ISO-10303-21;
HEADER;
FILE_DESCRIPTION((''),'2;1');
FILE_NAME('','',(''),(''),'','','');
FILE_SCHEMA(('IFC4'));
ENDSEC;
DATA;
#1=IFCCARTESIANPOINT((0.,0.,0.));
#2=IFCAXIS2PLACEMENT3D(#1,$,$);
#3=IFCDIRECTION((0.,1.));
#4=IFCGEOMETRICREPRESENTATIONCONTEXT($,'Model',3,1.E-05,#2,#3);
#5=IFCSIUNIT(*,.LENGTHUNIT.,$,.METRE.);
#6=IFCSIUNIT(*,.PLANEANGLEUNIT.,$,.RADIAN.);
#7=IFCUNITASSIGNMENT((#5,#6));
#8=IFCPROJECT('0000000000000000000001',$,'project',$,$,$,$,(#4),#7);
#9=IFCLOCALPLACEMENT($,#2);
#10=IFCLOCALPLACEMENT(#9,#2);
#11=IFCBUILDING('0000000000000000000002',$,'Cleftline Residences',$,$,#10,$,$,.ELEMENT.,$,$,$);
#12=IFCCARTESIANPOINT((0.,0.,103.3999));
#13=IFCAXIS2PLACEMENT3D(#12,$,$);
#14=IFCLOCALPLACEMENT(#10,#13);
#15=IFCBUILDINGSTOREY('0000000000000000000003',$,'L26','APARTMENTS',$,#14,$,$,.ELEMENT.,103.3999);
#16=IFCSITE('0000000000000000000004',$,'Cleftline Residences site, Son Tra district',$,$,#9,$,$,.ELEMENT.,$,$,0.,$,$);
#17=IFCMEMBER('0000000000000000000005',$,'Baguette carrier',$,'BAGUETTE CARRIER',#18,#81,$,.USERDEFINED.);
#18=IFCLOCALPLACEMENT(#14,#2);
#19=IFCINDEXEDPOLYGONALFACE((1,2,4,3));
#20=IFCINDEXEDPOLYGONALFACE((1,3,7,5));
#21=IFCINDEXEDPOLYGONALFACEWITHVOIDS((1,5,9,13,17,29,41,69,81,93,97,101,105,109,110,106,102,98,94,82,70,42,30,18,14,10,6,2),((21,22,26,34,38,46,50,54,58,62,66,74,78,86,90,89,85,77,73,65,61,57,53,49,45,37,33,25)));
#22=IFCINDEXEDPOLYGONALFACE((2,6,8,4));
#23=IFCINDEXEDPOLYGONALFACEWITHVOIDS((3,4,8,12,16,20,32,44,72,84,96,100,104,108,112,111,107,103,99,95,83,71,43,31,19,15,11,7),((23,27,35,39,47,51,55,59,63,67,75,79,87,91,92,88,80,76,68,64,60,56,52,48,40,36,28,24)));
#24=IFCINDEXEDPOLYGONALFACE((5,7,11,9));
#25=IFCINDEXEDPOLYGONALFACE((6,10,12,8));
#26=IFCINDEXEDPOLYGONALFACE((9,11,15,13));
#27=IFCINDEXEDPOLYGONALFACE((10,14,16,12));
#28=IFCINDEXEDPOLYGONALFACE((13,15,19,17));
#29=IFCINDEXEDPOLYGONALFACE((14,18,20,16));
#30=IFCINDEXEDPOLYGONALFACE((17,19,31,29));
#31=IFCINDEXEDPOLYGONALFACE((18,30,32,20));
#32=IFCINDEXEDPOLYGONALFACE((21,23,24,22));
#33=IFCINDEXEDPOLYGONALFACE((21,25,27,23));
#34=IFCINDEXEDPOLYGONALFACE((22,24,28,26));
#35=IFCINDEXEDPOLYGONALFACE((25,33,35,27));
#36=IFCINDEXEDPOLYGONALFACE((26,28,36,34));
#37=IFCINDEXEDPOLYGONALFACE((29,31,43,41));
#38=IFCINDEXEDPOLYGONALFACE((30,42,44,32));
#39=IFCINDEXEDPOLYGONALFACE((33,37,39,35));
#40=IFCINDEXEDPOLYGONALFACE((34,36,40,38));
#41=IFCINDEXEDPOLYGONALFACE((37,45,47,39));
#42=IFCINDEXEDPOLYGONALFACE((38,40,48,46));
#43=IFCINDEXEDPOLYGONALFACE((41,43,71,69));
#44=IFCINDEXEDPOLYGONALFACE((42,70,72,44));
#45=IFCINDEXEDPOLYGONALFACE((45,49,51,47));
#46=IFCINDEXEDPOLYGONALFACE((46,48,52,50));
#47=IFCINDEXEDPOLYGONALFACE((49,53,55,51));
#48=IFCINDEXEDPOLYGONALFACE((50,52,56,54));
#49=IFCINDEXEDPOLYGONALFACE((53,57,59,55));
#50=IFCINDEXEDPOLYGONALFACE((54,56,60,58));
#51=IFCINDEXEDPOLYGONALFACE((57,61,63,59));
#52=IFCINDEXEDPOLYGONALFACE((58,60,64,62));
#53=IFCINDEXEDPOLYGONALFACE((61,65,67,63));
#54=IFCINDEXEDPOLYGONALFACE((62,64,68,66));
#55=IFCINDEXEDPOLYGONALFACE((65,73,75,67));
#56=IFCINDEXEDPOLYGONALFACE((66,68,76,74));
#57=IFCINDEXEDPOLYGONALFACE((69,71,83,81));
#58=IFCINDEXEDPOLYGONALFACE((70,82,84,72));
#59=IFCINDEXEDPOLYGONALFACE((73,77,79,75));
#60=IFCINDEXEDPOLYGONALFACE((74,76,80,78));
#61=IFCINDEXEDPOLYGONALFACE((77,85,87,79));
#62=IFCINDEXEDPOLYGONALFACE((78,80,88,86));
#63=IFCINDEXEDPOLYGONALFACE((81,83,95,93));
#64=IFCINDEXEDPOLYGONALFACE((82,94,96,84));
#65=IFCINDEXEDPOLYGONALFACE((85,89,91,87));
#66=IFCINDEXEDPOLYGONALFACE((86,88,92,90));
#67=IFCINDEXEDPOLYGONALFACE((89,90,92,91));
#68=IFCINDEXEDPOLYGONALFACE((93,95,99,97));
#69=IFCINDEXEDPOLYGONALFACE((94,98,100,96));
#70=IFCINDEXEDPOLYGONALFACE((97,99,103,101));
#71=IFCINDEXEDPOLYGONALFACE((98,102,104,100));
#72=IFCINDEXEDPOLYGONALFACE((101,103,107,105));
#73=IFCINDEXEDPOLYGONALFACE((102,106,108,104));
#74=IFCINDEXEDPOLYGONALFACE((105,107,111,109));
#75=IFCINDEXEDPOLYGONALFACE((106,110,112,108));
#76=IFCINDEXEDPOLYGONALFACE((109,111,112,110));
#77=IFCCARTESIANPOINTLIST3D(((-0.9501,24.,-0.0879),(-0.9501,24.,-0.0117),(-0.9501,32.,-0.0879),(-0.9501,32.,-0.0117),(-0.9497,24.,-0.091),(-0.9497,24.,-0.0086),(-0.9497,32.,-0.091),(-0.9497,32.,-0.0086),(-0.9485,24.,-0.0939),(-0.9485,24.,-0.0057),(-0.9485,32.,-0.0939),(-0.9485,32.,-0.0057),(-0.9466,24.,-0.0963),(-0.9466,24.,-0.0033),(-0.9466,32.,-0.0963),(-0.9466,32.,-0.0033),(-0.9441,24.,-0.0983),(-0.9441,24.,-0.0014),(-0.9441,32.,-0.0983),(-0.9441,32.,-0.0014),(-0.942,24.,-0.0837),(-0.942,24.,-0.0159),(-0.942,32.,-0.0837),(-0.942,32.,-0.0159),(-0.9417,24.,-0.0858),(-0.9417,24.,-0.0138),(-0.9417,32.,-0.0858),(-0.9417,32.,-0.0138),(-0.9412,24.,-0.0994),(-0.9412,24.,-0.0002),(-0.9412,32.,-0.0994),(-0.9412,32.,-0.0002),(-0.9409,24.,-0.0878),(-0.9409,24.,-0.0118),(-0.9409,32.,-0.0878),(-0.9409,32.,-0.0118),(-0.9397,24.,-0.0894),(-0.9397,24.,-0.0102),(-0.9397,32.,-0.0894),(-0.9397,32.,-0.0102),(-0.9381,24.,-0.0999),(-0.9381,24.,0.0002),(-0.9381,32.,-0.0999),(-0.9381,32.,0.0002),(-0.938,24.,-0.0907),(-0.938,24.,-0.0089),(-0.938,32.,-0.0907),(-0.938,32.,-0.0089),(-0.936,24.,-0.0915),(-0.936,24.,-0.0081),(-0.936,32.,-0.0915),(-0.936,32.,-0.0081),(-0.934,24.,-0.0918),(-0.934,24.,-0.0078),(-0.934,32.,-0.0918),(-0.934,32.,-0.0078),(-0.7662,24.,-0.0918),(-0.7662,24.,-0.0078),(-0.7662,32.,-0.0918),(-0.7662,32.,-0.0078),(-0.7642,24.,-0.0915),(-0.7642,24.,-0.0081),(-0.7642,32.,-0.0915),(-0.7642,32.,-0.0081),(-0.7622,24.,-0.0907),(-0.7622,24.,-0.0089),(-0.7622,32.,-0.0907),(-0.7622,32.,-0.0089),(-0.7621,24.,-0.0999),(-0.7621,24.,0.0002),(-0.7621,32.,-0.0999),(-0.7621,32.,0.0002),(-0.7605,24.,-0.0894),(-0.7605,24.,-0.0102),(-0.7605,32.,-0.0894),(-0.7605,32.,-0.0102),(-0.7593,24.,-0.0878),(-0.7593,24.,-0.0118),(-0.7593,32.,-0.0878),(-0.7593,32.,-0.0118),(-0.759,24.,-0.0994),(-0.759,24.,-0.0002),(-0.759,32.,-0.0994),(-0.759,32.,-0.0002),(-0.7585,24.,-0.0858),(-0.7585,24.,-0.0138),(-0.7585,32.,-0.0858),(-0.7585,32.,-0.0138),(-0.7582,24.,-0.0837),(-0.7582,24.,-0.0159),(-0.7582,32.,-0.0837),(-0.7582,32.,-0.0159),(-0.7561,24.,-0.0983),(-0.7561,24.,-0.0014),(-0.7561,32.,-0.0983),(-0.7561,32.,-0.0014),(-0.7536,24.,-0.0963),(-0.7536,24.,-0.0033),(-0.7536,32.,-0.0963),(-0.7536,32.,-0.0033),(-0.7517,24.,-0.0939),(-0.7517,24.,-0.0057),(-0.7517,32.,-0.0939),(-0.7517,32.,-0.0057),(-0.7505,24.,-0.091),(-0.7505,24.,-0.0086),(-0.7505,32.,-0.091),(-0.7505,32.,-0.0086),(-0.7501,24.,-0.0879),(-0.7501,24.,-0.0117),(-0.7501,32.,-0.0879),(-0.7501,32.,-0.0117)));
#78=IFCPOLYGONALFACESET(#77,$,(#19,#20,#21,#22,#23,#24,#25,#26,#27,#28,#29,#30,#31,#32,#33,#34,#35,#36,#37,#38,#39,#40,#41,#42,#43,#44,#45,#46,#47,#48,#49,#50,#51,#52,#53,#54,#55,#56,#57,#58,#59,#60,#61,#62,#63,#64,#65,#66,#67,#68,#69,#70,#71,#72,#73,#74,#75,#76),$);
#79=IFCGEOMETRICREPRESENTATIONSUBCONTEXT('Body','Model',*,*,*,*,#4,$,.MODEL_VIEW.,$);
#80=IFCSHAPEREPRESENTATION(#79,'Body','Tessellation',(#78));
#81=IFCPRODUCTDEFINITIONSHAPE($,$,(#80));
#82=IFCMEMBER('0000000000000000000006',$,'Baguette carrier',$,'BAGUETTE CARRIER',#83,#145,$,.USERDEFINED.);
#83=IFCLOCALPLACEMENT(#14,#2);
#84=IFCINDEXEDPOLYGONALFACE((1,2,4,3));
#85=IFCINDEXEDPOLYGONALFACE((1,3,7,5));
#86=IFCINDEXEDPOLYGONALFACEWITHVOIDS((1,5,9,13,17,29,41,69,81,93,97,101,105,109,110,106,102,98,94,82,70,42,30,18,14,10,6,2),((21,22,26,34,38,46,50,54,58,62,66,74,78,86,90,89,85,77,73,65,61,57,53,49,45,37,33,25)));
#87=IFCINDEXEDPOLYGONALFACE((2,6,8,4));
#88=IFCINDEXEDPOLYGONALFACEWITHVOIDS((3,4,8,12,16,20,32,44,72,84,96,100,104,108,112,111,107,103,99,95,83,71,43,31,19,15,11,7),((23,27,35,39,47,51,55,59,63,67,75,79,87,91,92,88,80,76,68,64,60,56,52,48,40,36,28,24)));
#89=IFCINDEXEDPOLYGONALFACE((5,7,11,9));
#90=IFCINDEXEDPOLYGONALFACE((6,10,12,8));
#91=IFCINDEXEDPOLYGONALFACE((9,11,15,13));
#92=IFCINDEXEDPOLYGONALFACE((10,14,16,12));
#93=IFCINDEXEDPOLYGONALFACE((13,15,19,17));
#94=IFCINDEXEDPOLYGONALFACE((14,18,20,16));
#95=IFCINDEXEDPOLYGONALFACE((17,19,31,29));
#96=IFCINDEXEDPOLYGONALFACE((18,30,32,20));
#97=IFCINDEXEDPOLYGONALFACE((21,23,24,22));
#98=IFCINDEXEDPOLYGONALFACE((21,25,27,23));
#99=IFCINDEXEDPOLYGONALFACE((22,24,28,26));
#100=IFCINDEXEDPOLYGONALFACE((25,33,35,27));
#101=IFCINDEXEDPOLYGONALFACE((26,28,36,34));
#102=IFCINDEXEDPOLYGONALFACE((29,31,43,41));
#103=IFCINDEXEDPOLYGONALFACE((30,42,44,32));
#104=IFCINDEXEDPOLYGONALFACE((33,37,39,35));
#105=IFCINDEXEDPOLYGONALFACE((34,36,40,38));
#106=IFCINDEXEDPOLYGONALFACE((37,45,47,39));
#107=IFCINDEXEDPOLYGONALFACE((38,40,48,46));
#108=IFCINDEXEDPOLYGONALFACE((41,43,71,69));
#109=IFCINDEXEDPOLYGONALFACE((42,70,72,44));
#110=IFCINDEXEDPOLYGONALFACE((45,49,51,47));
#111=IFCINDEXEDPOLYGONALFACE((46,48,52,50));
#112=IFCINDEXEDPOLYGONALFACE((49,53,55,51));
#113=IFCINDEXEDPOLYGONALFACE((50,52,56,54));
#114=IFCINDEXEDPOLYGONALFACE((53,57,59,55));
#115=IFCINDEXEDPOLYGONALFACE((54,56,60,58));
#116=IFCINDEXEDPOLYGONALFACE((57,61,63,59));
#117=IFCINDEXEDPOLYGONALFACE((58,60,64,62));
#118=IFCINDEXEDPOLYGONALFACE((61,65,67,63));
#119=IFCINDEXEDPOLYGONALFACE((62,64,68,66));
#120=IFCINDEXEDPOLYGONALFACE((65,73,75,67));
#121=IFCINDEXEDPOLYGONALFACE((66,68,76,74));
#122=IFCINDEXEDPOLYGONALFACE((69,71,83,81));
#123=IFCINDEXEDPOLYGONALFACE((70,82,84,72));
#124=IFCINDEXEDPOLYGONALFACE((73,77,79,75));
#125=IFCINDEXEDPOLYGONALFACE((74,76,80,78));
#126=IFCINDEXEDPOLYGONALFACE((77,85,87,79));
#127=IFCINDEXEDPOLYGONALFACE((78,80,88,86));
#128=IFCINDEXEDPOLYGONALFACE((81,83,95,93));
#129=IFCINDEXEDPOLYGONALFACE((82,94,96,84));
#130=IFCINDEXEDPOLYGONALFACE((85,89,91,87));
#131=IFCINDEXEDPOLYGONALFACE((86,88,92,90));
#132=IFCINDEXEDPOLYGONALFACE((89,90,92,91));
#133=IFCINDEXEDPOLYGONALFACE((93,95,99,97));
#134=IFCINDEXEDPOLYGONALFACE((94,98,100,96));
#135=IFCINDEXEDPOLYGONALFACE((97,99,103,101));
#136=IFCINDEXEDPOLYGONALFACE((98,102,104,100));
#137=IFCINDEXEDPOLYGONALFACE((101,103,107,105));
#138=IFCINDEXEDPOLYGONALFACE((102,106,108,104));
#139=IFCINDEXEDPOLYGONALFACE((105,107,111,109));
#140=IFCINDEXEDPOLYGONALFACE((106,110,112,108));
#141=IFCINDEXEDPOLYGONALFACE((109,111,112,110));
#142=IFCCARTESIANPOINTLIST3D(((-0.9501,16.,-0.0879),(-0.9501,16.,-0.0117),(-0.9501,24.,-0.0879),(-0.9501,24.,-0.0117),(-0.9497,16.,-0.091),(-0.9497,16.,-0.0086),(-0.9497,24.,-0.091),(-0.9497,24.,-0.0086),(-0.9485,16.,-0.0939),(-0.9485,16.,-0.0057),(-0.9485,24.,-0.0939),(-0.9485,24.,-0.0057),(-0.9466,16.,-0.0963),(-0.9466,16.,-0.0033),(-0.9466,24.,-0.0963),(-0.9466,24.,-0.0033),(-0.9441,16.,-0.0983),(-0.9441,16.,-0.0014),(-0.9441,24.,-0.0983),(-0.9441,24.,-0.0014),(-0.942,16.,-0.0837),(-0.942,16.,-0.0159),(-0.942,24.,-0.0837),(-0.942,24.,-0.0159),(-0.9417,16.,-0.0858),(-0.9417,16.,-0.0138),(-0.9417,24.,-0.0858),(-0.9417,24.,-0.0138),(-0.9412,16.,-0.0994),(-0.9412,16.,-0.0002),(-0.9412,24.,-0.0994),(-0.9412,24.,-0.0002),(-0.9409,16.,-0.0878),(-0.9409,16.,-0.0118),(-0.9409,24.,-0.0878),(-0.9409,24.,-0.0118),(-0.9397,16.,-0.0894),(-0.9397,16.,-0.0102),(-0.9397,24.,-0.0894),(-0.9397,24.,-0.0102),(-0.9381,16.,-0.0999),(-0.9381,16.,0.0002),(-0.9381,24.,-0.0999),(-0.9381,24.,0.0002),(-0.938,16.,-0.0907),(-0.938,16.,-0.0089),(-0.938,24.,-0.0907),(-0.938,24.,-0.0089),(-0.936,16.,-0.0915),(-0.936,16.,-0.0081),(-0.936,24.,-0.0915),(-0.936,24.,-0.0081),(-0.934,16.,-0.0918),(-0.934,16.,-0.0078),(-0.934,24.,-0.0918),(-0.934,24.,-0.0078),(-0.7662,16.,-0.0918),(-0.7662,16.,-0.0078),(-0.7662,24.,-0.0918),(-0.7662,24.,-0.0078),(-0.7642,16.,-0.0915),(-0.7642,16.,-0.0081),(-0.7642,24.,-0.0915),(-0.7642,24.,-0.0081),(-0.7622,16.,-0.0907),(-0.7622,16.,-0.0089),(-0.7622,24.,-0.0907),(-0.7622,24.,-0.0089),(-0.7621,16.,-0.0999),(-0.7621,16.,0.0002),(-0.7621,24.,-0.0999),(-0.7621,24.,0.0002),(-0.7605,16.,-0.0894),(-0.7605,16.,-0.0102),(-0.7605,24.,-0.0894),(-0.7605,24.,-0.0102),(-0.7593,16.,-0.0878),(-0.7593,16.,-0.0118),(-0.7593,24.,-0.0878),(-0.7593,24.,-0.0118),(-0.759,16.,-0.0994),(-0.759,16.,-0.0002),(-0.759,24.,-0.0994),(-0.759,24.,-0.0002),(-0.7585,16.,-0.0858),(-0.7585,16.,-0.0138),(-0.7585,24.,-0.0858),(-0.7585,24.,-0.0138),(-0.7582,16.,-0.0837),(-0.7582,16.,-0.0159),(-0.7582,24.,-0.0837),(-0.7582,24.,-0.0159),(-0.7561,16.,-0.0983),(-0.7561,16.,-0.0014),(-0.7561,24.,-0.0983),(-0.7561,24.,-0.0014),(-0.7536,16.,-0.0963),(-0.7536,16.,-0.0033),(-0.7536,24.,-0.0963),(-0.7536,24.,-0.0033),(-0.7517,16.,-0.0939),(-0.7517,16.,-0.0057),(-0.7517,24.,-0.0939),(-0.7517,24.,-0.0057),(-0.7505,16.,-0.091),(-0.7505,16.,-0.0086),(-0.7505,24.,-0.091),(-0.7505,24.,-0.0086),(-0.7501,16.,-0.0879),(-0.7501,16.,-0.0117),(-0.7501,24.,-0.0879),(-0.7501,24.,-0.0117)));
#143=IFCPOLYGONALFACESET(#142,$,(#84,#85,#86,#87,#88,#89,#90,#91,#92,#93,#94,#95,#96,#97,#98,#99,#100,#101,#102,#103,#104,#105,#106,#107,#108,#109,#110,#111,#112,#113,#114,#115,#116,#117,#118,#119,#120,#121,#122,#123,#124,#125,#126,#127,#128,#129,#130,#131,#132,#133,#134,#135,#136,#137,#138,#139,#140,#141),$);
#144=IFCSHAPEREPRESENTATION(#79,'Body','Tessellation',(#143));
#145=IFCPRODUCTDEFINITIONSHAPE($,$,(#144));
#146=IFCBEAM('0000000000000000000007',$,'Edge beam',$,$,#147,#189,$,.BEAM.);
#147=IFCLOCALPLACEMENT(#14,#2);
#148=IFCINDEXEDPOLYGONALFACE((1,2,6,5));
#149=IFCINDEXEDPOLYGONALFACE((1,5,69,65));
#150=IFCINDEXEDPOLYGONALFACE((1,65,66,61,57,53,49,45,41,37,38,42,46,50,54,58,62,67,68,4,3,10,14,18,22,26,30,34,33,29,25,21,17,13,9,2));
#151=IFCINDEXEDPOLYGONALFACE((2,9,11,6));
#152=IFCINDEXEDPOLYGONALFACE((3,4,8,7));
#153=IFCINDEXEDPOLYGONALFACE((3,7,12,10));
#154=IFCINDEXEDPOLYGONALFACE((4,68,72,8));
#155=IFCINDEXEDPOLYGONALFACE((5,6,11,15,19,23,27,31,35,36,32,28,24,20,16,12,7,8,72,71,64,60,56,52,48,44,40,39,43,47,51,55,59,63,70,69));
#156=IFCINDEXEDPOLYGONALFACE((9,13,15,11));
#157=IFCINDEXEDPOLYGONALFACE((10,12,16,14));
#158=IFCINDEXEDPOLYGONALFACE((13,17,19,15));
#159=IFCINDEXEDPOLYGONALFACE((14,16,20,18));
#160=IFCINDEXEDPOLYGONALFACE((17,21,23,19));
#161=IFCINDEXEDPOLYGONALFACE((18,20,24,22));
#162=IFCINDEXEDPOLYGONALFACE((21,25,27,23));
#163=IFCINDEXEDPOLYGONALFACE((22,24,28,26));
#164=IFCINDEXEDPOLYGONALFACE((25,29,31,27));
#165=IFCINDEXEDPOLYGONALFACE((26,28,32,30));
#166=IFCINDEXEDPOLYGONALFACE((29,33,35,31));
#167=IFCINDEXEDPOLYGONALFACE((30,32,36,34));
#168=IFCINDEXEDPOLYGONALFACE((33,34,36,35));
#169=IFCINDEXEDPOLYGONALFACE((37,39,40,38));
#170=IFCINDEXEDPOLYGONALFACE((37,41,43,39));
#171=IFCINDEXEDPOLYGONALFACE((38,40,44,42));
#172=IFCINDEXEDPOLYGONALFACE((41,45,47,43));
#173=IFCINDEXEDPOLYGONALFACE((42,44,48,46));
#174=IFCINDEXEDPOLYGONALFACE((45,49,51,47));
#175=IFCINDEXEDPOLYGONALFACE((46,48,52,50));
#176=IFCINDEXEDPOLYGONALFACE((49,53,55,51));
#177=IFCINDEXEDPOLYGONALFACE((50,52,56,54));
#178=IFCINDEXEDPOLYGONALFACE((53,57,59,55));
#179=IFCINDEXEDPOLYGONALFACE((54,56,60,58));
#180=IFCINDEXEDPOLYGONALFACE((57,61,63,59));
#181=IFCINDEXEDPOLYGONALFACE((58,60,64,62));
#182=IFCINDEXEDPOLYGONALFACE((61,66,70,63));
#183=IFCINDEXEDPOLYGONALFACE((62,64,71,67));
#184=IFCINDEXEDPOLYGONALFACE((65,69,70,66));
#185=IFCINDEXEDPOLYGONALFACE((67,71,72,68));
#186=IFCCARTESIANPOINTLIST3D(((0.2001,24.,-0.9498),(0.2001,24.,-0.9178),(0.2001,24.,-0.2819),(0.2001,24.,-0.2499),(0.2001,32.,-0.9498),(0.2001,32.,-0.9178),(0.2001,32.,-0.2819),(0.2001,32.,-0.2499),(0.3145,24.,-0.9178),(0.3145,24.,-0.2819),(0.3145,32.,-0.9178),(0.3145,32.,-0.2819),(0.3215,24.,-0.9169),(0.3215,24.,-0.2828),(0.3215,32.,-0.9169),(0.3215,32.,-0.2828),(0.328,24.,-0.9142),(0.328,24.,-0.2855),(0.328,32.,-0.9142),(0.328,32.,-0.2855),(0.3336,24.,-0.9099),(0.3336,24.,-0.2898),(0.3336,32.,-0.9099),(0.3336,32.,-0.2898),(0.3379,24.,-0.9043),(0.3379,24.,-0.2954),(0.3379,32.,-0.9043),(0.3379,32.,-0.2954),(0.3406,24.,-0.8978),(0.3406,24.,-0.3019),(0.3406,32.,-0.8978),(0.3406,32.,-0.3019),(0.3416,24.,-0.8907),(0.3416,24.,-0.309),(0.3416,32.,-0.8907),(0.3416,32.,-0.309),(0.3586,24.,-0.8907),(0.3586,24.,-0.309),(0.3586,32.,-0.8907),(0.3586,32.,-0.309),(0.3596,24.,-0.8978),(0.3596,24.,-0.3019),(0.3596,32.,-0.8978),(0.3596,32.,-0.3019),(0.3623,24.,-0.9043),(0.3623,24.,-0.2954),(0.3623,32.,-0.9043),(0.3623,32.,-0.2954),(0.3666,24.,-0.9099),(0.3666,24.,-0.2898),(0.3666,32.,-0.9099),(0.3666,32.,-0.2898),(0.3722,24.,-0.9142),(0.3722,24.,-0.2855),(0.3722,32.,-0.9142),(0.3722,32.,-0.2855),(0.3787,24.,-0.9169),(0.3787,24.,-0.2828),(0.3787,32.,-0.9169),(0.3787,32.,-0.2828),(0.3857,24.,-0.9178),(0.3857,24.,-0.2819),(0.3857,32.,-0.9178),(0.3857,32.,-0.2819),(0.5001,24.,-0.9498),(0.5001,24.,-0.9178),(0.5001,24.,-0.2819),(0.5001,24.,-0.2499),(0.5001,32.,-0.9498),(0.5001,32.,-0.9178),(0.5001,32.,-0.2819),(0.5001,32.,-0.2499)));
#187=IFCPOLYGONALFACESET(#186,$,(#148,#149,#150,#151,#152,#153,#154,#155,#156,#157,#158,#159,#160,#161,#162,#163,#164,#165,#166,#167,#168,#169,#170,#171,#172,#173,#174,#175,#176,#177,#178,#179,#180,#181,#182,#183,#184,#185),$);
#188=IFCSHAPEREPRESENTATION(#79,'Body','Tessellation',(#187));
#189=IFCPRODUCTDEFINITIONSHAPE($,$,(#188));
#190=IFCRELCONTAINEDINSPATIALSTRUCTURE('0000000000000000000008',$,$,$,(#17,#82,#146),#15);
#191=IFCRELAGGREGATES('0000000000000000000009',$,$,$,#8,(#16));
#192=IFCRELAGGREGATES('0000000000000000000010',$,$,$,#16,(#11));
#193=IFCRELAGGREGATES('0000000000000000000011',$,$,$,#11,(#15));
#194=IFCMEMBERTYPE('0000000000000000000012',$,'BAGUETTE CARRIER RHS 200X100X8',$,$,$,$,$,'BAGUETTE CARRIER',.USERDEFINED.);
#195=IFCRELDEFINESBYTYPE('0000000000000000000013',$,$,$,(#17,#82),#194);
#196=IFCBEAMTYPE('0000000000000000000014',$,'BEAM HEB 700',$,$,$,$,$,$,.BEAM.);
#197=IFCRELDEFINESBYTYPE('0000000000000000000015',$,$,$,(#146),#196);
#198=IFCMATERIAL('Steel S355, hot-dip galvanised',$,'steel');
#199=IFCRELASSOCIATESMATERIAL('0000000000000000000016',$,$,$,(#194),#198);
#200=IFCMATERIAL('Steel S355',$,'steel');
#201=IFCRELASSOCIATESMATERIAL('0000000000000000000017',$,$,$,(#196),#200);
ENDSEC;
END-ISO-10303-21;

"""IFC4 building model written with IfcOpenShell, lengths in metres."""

from ifc_helpers import new_model, si_unit, direction, frame, origin, origin_2d, place, context, subcontext, project, spatial, hollow_rectangle, i_section, extrude, material, material_profile, profile_set, type_object, element, save


model = new_model("IFC4")

# Units and contexts
model_context = context("Model", 3, precision=1e-05, world=origin(), true_north=direction((0.0, 1.0)))
body_context = subcontext(model_context, "Body", "Model", "MODEL_VIEW")
ifc_project = project(units=[si_unit("LENGTHUNIT", "METRE"), si_unit("PLANEANGLEUNIT", "RADIAN")], contexts=[model_context])

# Site, building, storey
site_placement = place(None, origin())
site = spatial("IfcSite", under=ifc_project, at=site_placement, Name="Cleftline Residences site, Son Tra district", CompositionType="ELEMENT", RefElevation=0.0)
building_placement = place(site_placement, origin())
building = spatial("IfcBuilding", under=site, at=building_placement, Name="Cleftline Residences", CompositionType="ELEMENT")
storey_placement = place(building_placement, frame((0.0, 0.0, 103.3999)))
storey = spatial("IfcBuildingStorey", under=building, at=storey_placement, Name="L26", Description="APARTMENTS", CompositionType="ELEMENT", Elevation=103.3999)

# Members
ifc_material_1 = material(Name="Steel S355, hot-dip galvanised", Category="steel")
ifc_material_profile_1 = material_profile(ifc_material_1, hollow_rectangle(XDim=0.1001, YDim=0.2, WallThickness=0.0081, InnerFilletRadius=0.0081, OuterFilletRadius=0.012, at=origin_2d()))
ifc_profile_set_1 = profile_set([ifc_material_profile_1], Name="Steel S355, hot-dip galvanised")
member_type_1 = type_object("IfcMemberType", Name="BAGUETTE CARRIER RHS 200X100X8", ElementType="BAGUETTE CARRIER", PredefinedType="USERDEFINED", material=ifc_profile_set_1)
for number, where, z_axis, x_axis, name in (
    (1, (-0.8501, 32.0, -0.0498), (0.0, -1.0, 0.0), (0.0, 0.0, 1.0), "Baguette carrier"),
    (2, (-0.8501, 24.0, -0.0498), (0.0, -1.0, 0.0), (0.0, 0.0, 1.0), "Baguette carrier"),
):
    element("IfcMember", number, at=place(storey_placement, frame(where, z_axis=z_axis, x_axis=x_axis)), inside=storey, type_object=member_type_1, Name=name, ObjectType="BAGUETTE CARRIER", PredefinedType="USERDEFINED", context=body_context, shape_type="SweptSolid", body=[
        extrude(hollow_rectangle(XDim=0.1001, YDim=0.2, WallThickness=0.0081, InnerFilletRadius=0.0081, OuterFilletRadius=0.012, at=origin_2d()), origin(), (0.0, 0.0, 1.0), 8.0),
    ])

# Beam
ifc_material_2 = material(Name="Steel S355", Category="steel")
ifc_material_profile_2 = material_profile(ifc_material_2, i_section(OverallWidth=0.3, OverallDepth=0.7, WebThickness=0.0171, FlangeThickness=0.032, FilletRadius=0.0271, at=origin_2d()))
ifc_profile_set_2 = profile_set([ifc_material_profile_2], Name="Steel S355")
beam_type_1 = type_object("IfcBeamType", Name="BEAM HEB 700", PredefinedType="BEAM", material=ifc_profile_set_2)
for number, where, z_axis, x_axis, name in (
    (3, (0.3501, 24.0, -0.5999), (0.0, 1.0, 0.0), (-1.0, 0.0, 0.0), "Edge beam"),
):
    element("IfcBeam", number, at=place(storey_placement, frame(where, z_axis=z_axis, x_axis=x_axis)), inside=storey, type_object=beam_type_1, Name=name, PredefinedType="BEAM", context=body_context, shape_type="SweptSolid", body=[
        extrude(i_section(OverallWidth=0.3, OverallDepth=0.7, WebThickness=0.0171, FlangeThickness=0.032, FilletRadius=0.0271, at=origin_2d()), origin(), (0.0, 0.0, 1.0), 8.0),
    ])

save(model, "model.ifc")
